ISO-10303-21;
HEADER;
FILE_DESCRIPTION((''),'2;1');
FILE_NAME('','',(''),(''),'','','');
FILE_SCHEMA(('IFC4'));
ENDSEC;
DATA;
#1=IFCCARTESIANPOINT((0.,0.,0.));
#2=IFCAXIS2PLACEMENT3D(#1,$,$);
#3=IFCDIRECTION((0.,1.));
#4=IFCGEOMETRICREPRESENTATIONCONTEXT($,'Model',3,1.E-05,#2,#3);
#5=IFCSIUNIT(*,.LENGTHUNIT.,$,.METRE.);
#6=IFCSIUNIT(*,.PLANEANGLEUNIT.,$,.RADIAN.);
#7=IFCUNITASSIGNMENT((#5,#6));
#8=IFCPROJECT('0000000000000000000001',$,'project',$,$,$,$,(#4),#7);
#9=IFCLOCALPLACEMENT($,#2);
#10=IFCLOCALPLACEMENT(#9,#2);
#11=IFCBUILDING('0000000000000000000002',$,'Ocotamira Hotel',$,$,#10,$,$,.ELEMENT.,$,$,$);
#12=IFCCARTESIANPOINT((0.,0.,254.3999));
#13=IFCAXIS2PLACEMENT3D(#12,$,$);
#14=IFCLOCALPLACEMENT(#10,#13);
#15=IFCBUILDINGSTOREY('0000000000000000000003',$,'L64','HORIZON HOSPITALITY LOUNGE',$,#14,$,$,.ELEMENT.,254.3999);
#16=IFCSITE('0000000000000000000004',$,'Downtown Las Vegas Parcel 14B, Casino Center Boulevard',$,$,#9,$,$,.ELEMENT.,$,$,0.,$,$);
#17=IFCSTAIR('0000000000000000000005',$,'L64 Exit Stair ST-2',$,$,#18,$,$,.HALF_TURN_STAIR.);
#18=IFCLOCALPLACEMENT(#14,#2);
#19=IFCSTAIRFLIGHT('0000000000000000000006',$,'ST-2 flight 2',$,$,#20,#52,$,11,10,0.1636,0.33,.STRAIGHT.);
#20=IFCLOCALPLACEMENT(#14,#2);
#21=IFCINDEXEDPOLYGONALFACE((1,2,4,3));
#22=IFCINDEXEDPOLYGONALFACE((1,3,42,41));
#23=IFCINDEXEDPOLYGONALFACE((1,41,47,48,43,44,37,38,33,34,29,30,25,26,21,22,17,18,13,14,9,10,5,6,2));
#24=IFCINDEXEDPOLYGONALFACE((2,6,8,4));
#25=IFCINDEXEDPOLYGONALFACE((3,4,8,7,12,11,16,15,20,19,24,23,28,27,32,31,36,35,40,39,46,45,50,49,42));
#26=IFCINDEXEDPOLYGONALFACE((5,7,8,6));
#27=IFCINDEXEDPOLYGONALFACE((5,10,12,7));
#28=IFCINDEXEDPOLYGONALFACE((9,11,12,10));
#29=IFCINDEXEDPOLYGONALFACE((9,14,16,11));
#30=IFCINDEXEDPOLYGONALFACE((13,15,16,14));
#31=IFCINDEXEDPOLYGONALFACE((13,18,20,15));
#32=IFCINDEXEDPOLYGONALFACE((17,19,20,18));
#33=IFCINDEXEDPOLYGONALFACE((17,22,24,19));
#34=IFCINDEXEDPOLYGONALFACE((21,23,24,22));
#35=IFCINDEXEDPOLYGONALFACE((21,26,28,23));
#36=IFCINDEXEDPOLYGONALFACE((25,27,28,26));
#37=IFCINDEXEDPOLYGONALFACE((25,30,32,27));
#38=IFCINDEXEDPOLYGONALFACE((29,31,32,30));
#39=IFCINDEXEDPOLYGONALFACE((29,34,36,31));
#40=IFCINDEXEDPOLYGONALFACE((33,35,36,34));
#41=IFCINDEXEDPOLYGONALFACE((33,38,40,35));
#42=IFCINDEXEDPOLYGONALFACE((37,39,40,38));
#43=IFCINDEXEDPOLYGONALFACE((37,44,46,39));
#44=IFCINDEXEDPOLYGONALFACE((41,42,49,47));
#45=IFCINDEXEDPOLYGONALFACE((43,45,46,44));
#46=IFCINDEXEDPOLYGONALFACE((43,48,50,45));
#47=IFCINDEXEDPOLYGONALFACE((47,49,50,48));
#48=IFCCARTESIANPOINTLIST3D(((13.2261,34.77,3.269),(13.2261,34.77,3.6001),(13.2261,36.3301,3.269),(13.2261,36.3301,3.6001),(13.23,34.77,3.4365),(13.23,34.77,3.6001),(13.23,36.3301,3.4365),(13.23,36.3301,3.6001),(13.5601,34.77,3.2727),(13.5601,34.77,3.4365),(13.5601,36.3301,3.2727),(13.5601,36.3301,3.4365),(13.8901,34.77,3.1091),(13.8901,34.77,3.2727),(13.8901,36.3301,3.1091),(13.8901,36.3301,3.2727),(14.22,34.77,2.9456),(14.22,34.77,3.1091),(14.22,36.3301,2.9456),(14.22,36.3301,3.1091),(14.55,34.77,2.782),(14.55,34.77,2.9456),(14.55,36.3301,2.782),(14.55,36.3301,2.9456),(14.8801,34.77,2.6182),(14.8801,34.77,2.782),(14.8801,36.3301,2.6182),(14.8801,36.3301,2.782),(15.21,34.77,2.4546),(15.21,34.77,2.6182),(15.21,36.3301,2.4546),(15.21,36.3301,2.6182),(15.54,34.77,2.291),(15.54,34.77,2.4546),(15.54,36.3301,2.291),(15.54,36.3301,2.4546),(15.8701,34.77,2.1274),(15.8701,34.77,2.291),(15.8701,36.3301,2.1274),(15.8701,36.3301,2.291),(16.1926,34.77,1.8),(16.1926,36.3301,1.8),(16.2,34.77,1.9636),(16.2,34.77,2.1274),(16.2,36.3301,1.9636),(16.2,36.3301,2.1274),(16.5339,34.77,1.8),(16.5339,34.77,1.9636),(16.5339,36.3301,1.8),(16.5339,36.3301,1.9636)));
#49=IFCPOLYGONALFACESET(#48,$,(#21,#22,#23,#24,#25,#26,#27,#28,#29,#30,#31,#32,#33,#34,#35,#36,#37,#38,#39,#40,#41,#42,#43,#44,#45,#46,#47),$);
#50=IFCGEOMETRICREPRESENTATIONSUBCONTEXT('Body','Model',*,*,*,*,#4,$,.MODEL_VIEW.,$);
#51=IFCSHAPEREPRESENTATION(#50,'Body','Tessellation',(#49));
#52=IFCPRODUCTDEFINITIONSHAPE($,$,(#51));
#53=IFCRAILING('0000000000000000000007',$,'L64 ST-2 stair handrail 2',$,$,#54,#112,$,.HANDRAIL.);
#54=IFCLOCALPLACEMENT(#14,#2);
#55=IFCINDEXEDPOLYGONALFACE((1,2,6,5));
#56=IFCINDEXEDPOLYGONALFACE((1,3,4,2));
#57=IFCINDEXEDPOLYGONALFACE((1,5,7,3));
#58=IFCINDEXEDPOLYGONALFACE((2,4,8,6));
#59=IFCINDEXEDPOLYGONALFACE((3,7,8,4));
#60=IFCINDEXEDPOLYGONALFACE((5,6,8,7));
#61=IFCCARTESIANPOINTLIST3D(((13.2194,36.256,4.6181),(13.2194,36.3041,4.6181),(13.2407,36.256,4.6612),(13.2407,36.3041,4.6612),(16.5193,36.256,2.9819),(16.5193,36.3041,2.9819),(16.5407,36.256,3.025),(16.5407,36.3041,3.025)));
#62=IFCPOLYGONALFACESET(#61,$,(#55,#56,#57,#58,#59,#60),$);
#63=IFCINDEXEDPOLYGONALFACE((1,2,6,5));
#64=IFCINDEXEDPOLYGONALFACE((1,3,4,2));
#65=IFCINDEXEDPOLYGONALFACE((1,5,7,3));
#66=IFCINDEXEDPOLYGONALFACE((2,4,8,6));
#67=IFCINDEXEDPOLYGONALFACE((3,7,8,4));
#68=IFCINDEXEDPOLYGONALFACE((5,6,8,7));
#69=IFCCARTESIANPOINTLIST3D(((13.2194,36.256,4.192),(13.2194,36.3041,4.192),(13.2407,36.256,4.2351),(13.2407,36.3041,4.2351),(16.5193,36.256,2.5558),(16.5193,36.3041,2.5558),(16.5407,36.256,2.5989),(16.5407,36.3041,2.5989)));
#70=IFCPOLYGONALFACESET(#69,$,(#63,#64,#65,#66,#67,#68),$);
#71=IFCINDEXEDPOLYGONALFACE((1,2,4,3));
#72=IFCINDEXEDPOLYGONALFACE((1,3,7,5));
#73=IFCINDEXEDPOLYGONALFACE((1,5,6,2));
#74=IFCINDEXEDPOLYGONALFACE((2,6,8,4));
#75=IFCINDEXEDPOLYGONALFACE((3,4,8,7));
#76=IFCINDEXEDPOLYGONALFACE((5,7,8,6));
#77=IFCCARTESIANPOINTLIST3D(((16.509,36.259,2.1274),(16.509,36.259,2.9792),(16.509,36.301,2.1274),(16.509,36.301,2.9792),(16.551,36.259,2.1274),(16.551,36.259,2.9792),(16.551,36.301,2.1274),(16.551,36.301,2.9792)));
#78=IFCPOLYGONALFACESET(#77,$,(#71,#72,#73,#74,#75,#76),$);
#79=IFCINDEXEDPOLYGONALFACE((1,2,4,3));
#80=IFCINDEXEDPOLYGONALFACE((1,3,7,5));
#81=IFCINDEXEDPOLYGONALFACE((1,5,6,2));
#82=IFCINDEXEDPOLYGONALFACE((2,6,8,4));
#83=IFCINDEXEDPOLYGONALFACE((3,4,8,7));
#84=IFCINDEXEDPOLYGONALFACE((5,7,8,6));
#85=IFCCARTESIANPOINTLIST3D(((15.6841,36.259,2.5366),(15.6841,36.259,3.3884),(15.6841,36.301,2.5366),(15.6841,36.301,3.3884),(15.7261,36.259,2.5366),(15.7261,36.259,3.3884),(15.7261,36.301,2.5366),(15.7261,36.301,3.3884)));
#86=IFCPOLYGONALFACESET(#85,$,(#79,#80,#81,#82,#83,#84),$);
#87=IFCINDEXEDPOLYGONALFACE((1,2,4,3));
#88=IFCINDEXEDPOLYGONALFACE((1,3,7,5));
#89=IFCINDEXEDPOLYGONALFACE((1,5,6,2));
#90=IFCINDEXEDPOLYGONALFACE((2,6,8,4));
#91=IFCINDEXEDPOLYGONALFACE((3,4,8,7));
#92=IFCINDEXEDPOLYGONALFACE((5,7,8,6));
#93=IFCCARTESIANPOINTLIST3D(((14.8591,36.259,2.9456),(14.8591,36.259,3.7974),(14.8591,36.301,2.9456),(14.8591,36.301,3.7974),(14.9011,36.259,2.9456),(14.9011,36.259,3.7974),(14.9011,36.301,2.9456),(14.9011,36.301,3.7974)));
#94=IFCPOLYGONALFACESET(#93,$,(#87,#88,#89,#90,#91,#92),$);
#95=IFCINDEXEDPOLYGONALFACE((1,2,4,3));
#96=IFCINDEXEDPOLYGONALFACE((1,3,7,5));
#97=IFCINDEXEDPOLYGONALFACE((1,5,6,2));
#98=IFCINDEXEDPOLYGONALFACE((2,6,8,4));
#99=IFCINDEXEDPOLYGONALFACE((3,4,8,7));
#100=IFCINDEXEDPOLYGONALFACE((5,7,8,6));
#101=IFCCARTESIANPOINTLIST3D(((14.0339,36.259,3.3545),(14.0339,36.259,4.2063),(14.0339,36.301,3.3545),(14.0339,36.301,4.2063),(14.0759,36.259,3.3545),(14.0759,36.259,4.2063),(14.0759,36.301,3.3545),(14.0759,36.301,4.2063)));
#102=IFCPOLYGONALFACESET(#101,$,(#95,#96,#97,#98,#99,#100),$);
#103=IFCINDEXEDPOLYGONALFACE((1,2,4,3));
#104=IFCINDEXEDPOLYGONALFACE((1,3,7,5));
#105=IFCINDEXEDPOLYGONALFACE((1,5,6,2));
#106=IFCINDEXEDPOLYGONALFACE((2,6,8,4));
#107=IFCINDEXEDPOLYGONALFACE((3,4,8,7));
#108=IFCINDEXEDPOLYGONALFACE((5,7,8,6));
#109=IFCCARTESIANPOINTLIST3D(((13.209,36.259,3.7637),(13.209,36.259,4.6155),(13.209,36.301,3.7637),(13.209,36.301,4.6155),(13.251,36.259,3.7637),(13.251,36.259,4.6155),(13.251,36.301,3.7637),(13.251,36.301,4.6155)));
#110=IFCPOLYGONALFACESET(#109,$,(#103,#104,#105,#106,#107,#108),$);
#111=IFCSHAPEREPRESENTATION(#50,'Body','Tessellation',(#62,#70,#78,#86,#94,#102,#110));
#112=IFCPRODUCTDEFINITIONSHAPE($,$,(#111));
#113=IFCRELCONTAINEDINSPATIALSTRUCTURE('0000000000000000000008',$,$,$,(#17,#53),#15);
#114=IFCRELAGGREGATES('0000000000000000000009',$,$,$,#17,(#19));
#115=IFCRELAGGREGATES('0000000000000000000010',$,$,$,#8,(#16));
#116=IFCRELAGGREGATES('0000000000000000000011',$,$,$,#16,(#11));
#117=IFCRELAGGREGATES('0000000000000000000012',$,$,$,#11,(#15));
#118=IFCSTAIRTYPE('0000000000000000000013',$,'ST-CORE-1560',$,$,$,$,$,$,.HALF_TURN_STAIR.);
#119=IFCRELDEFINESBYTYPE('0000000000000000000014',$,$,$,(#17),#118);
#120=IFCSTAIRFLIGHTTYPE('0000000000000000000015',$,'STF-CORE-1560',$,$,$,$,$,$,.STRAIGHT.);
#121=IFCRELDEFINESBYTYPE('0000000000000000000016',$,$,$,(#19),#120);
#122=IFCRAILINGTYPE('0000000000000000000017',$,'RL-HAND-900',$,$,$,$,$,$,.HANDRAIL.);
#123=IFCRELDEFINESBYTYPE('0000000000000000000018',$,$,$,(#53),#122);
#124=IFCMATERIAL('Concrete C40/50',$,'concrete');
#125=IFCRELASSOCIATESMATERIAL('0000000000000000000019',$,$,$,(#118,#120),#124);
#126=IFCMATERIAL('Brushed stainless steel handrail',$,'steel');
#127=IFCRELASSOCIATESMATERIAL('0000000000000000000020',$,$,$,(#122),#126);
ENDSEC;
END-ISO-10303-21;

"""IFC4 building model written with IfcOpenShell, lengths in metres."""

from ifc_helpers import new_model, si_unit, direction, frame, origin, origin_2d, place, context, subcontext, project, spatial, polyline, rectangle, outline, extrude, source, transform, mapped, material, type_object, element, aggregate, save


model = new_model("IFC4")

# Units and contexts
model_context = context("Model", 3, precision=1e-05, world=origin(), true_north=direction((0.0, 1.0)))
body_context = subcontext(model_context, "Body", "Model", "MODEL_VIEW")
ifc_project = project(units=[si_unit("LENGTHUNIT", "METRE"), si_unit("PLANEANGLEUNIT", "RADIAN")], contexts=[model_context])

# Site, building, storey
site_placement = place(None, origin())
site = spatial("IfcSite", under=ifc_project, at=site_placement, Name="Downtown Las Vegas Parcel 14B, Casino Center Boulevard", CompositionType="ELEMENT", RefElevation=0.0)
building_placement = place(site_placement, origin())
building = spatial("IfcBuilding", under=site, at=building_placement, Name="Ocotamira Hotel", CompositionType="ELEMENT")
storey_placement = place(building_placement, frame((0.0, 0.0, 254.3999)))
storey = spatial("IfcBuildingStorey", under=building, at=storey_placement, Name="L64", Description="HORIZON HOSPITALITY LOUNGE", CompositionType="ELEMENT", Elevation=254.3999)

# Stair, stair flight
ifc_material_1 = material(Name="Concrete C40/50", Category="concrete")
stair_type = type_object("IfcStairType", Name="ST-CORE-1560", PredefinedType="HALF_TURN_STAIR", material=ifc_material_1)
stair_placement = place(storey_placement, origin())
stair = element("IfcStair", 1, at=stair_placement, inside=storey, type_object=stair_type, Name="L64 Exit Stair ST-2", PredefinedType="HALF_TURN_STAIR")
stair_flight_type = type_object("IfcStairFlightType", Name="STF-CORE-1560", PredefinedType="STRAIGHT", material=ifc_material_1)
shared_shape_1 = source(origin(), body_context, "Body", "SweptSolid", [
    extrude(outline(polyline([(-0.0039, 0.0), (-0.0039, 0.1636), (0.3301, 0.1636), (0.3301, 0.3274), (0.6599, 0.3274), (0.6599, 0.491), (0.99, 0.491), (0.99, 0.6545), (1.3201, 0.6545), (1.3201, 0.8181), (1.6499, 0.8181), (1.6499, 0.9819), (1.98, 0.9819), (1.98, 1.1455), (2.3101, 1.1455), (2.3101, 1.3091), (2.6399, 1.3091), (2.6399, 1.4727), (2.97, 1.4727), (2.97, 1.6365), (3.3, 1.6365), (3.3, 1.8), (3.304, 1.8), (3.304, 1.469), (0.3374, 0.0), (-0.0039, 0.0)])), frame((0.0, 0.78, 0.0), z_axis=(0.0, -1.0, 0.0), x_axis=(1.0, 0.0, 0.0)), (0.0, 0.0, 1.0), 1.5601),
])
stair_flight_placement = place(storey_placement, frame((16.53, 35.55, 1.8), z_axis=(0.0, 0.0, 1.0), x_axis=(-1.0, 0.0, 0.0)))
stair_flight = element("IfcStairFlight", 2, at=stair_flight_placement, type_object=stair_flight_type, Name="ST-2 flight 2", NumberOfRisers=11, NumberOfTreads=10, PredefinedType="STRAIGHT", RiserHeight=0.1636, TreadLength=0.33, context=body_context, shape_type="MappedRepresentation", body=[
    mapped(shared_shape_1, transform((0.0, 0.0, 0.0), scale=1.0)),
])
aggregate(stair, [stair_flight])

# Railing
ifc_material_2 = material(Name="Brushed stainless steel handrail", Category="steel")
railing_type = type_object("IfcRailingType", Name="RL-HAND-900", PredefinedType="HANDRAIL", material=ifc_material_2)
railing_placement = place(storey_placement, frame((16.53, 36.28, 2.1274)))
element("IfcRailing", 3, at=railing_placement, inside=storey, type_object=railing_type, Name="L64 ST-2 stair handrail 2", PredefinedType="HANDRAIL", context=body_context, shape_type="SweptSolid", body=[
    extrude(rectangle(XDim=0.0481, YDim=0.0481, at=origin_2d()), frame((0.0, 0.0, 0.876), z_axis=(-0.89592, 0.0, 0.444215), x_axis=(0.0, -1.0, 0.0)), (0.0, 0.0, 1.0), 3.6833),
    extrude(rectangle(XDim=0.0481, YDim=0.0481, at=origin_2d()), frame((0.0, 0.0, 0.45), z_axis=(-0.89592, 0.0, 0.444215), x_axis=(0.0, -1.0, 0.0)), (0.0, 0.0, 1.0), 3.6833),
    extrude(rectangle(XDim=0.042, YDim=0.042, at=origin_2d()), origin(), (0.0, 0.0, 1.0), 0.8518),
    extrude(rectangle(XDim=0.042, YDim=0.042, at=origin_2d()), frame((-0.825, 0.0, 0.4092)), (0.0, 0.0, 1.0), 0.8518),
    extrude(rectangle(XDim=0.042, YDim=0.042, at=origin_2d()), frame((-1.6499, 0.0, 0.8181)), (0.0, 0.0, 1.0), 0.8518),
    extrude(rectangle(XDim=0.042, YDim=0.042, at=origin_2d()), frame((-2.4751, 0.0, 1.2271)), (0.0, 0.0, 1.0), 0.8518),
    extrude(rectangle(XDim=0.042, YDim=0.042, at=origin_2d()), frame((-3.3, 0.0, 1.6362)), (0.0, 0.0, 1.0), 0.8518),
])

save(model, "model.ifc")
